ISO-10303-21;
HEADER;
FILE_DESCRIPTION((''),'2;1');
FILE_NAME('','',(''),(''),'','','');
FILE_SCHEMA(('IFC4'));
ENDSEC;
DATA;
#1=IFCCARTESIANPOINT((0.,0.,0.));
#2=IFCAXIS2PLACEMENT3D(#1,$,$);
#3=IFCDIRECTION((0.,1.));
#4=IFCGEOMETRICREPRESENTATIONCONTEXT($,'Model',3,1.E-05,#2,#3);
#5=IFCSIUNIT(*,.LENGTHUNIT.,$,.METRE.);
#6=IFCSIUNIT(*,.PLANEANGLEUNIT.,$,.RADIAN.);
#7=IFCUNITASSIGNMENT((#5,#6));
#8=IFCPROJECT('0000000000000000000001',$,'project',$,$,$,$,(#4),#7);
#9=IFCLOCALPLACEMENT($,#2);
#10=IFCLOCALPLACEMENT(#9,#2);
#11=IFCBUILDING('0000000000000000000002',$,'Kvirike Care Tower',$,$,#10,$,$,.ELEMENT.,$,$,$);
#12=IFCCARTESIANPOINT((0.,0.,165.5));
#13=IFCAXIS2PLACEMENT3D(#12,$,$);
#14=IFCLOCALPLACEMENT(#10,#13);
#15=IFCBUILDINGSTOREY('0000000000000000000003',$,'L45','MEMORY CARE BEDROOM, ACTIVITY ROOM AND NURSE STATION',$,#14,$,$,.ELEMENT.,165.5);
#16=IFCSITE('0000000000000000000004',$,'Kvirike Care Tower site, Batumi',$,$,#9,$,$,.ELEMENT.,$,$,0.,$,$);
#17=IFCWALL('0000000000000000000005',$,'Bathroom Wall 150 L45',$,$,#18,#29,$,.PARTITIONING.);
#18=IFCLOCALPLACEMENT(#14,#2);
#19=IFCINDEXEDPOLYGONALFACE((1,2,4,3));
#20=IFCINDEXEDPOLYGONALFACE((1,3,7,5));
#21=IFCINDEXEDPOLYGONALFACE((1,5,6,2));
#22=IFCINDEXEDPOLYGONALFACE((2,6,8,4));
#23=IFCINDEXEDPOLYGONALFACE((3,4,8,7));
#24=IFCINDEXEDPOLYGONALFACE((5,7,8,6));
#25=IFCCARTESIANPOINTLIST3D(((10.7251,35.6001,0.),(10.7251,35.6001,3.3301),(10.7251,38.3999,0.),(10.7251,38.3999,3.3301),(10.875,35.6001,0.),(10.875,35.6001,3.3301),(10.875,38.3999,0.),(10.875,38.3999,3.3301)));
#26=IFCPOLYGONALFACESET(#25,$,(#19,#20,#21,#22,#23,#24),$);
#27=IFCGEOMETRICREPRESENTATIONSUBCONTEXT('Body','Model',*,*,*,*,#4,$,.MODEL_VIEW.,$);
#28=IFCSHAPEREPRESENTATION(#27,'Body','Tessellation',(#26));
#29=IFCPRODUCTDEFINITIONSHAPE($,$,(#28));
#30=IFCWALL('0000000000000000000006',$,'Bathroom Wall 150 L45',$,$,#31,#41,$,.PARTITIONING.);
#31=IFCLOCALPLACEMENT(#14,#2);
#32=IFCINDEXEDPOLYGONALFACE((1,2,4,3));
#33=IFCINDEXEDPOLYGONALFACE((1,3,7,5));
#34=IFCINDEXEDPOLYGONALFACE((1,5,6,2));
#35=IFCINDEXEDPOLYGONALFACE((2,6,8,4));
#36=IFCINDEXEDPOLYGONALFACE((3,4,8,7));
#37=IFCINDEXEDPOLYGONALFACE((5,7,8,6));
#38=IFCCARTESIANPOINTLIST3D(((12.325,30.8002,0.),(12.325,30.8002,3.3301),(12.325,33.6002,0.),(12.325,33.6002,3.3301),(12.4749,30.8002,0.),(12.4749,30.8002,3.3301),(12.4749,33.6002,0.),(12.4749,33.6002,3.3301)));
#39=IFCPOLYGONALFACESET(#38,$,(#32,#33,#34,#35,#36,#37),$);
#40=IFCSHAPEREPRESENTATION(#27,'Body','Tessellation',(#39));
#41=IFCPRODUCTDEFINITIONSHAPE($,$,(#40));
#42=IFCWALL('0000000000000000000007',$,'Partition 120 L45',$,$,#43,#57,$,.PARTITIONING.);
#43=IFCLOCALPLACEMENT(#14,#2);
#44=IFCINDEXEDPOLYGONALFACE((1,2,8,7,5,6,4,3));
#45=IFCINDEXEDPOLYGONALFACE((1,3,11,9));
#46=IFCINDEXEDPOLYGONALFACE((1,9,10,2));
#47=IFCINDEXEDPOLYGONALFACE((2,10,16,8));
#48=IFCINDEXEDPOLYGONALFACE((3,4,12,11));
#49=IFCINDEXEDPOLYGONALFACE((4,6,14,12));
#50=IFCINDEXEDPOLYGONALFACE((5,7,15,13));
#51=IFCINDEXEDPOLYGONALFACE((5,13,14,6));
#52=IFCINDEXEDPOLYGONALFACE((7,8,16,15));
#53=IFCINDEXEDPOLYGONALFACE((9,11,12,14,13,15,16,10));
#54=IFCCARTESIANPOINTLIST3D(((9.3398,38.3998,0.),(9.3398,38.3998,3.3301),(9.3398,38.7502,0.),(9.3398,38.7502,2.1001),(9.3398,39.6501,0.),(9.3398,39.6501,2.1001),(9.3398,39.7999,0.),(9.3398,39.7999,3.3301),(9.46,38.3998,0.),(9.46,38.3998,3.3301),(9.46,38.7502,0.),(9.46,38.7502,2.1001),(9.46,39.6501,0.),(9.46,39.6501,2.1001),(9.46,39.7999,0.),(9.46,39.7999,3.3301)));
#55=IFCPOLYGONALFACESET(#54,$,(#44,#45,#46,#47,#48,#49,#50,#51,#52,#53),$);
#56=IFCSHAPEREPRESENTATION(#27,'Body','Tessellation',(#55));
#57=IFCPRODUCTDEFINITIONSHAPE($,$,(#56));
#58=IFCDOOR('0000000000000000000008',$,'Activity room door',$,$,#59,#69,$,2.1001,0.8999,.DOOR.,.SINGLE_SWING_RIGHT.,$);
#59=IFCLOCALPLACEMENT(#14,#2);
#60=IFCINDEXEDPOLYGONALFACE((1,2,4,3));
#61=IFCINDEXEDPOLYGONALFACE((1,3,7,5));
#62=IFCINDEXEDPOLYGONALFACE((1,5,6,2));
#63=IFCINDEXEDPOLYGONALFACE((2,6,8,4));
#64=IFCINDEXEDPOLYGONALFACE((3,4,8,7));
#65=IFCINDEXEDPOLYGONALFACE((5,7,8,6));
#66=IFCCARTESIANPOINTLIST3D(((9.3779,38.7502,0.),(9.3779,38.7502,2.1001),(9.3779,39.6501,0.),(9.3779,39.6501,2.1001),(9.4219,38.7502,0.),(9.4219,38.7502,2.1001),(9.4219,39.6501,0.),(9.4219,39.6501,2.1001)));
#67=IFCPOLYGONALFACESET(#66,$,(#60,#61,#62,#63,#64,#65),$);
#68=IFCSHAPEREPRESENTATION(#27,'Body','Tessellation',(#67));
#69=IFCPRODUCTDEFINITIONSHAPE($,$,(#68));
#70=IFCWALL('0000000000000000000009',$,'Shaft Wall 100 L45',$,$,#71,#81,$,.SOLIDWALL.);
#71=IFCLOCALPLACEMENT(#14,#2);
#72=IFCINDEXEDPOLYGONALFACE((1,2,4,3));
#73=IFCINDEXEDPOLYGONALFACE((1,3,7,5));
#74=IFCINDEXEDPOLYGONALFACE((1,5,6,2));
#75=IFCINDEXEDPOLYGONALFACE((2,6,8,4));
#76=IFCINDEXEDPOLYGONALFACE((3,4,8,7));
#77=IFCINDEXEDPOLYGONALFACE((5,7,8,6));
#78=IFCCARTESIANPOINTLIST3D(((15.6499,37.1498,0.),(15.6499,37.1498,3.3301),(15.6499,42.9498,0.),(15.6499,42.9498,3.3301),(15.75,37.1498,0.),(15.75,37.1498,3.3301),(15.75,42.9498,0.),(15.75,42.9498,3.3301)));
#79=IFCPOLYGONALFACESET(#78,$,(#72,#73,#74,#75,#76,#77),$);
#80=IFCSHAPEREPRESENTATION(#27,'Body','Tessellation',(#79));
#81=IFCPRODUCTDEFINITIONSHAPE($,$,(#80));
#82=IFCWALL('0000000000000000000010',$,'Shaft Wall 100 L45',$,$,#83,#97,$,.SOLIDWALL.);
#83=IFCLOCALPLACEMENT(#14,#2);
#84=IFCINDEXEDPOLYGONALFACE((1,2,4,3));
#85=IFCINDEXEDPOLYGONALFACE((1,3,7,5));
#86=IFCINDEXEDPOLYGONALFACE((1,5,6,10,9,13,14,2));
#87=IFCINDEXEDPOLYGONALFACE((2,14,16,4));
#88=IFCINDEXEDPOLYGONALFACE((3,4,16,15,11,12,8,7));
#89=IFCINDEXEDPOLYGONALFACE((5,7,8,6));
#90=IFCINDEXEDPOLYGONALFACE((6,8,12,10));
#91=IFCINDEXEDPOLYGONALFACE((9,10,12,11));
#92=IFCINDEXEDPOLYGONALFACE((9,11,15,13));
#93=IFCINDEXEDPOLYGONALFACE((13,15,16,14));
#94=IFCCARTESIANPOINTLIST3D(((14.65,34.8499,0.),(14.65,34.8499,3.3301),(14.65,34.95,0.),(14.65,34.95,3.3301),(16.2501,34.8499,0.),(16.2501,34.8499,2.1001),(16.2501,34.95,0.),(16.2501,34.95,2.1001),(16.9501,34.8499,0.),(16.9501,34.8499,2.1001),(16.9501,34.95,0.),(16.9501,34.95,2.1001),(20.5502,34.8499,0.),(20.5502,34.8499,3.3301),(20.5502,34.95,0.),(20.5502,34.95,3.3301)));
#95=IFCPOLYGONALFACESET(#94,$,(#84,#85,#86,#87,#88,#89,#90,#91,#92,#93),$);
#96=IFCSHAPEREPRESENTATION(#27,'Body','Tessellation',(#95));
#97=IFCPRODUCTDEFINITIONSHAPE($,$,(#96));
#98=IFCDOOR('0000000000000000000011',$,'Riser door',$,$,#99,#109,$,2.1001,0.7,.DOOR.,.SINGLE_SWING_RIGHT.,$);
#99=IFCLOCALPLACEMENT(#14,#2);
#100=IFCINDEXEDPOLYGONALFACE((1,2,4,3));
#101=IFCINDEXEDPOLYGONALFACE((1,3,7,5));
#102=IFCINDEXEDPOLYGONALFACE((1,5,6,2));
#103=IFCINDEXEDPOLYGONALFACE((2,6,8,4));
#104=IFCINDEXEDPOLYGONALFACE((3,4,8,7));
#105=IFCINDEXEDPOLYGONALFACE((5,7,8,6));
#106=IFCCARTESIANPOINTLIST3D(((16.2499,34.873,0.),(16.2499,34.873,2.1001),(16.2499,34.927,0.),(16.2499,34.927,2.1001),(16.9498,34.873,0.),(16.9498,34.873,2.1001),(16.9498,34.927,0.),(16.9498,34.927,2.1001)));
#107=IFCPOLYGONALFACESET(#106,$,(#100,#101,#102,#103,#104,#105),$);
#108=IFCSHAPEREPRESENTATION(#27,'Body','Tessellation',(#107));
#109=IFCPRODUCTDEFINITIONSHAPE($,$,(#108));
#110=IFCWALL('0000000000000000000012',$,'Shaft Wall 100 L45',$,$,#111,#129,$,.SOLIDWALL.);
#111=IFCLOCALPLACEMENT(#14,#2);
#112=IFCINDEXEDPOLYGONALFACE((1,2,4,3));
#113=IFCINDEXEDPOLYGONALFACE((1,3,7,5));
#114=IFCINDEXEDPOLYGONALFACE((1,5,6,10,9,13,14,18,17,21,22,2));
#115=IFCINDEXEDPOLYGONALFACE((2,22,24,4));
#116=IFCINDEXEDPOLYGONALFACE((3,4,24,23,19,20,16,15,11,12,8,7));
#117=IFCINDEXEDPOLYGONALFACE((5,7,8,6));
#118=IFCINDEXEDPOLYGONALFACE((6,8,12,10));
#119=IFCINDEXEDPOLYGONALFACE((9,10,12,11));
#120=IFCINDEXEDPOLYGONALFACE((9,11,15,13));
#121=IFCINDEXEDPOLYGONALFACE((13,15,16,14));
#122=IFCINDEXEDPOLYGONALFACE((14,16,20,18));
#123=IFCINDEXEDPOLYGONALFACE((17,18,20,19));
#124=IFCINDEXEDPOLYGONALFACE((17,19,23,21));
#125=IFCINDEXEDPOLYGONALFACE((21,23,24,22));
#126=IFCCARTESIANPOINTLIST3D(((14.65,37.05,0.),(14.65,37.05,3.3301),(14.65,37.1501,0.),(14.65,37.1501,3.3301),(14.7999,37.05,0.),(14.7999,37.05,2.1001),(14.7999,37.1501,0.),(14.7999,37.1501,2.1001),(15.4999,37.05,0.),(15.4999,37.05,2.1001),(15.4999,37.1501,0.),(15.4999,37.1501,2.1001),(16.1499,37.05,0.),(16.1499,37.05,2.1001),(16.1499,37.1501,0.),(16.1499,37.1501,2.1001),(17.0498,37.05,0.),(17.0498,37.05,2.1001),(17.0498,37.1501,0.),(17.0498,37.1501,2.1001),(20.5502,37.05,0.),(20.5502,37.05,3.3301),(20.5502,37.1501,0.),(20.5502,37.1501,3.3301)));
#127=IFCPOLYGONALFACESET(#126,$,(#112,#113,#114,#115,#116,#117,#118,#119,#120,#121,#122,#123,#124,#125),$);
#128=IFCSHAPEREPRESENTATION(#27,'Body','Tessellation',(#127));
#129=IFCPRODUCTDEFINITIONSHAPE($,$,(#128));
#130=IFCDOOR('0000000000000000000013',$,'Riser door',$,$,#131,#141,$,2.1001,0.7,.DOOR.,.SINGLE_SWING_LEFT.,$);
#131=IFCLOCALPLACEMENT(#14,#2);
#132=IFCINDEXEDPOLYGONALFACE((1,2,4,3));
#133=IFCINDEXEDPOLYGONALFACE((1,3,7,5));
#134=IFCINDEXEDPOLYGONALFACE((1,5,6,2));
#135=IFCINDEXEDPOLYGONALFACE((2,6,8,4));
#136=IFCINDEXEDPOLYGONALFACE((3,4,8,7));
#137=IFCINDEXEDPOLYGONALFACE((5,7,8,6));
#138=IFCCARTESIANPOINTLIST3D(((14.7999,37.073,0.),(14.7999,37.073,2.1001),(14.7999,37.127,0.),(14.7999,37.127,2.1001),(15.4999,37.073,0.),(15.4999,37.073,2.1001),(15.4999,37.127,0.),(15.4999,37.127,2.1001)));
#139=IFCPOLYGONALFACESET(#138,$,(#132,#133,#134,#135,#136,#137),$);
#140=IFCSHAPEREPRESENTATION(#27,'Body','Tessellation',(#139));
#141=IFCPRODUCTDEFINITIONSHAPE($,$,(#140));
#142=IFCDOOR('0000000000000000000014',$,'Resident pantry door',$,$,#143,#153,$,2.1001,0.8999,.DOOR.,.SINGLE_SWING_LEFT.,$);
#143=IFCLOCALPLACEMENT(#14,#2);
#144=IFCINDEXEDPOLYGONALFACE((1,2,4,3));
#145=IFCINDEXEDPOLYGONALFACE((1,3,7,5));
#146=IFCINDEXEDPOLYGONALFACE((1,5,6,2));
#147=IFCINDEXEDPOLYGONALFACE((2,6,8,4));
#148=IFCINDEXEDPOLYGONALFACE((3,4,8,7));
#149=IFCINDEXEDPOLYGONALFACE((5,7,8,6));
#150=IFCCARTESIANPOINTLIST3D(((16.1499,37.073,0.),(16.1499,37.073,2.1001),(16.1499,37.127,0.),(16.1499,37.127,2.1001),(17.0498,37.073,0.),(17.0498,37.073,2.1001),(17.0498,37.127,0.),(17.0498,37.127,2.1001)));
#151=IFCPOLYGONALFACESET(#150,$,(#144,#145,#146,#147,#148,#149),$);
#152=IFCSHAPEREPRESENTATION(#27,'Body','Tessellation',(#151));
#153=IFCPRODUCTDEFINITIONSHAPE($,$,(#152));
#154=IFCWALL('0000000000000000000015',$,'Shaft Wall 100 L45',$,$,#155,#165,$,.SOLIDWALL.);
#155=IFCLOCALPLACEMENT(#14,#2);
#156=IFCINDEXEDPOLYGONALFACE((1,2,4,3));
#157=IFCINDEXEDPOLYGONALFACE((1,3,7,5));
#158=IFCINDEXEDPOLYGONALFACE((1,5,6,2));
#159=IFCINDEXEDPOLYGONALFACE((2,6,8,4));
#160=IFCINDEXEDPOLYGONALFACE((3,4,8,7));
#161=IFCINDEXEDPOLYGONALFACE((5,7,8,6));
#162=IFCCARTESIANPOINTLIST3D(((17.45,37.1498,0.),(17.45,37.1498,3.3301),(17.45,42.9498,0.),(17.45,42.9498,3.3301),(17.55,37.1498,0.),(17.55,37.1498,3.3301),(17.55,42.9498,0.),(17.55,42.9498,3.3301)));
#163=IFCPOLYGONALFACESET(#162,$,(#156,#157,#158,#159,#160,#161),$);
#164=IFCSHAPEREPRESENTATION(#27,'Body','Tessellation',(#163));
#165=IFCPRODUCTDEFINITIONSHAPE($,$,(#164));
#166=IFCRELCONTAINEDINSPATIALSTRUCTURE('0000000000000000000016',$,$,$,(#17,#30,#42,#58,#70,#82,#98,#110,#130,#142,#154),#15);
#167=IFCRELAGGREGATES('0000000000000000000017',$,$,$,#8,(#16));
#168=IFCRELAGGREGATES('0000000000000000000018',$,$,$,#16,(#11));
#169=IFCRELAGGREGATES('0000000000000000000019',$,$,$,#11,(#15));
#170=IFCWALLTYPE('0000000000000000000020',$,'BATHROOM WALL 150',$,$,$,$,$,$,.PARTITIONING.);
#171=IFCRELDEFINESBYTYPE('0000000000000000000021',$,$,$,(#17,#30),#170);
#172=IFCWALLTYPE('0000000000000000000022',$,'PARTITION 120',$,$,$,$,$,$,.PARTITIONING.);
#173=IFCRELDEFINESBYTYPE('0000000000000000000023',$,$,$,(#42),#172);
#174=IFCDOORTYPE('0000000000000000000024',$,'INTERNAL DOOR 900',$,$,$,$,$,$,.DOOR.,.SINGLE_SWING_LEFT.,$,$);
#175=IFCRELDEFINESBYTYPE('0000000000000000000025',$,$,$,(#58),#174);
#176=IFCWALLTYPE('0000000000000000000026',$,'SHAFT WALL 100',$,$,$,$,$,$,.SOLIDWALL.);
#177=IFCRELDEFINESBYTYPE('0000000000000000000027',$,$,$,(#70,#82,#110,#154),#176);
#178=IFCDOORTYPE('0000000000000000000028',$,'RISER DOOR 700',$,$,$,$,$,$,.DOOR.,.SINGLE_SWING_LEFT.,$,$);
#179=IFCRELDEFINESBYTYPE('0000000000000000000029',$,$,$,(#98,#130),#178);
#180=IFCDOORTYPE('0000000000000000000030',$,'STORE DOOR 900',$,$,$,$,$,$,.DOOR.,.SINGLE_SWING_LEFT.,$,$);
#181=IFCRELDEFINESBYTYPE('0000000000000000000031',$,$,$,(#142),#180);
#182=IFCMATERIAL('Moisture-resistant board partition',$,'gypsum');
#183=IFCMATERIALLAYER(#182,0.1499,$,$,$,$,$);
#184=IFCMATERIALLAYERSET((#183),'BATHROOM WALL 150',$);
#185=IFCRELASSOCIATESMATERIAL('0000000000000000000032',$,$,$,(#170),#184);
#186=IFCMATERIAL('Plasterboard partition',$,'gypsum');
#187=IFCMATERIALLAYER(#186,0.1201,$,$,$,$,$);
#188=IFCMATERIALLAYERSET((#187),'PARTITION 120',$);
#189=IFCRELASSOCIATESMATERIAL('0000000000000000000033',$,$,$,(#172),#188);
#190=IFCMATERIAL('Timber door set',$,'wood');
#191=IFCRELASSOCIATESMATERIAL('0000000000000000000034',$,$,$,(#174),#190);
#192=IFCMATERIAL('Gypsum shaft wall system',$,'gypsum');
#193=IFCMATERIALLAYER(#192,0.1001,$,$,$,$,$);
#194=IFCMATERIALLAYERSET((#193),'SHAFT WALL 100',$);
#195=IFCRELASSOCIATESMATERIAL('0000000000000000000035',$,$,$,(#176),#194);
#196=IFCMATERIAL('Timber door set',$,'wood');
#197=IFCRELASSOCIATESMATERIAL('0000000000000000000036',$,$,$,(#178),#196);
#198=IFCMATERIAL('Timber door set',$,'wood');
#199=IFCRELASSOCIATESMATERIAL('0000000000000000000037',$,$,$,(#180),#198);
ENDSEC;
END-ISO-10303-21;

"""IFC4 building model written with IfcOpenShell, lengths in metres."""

from ifc_helpers import new_model, si_unit, direction, frame, frame_2d, origin, place, context, subcontext, project, spatial, rectangle, extrude, material, layer, layer_set, type_object, element, fill, save


model = new_model("IFC4")

# Units and contexts
model_context = context("Model", 3, precision=1e-05, world=origin(), true_north=direction((0.0, 1.0)))
body_context = subcontext(model_context, "Body", "Model", "MODEL_VIEW")
ifc_project = project(units=[si_unit("LENGTHUNIT", "METRE"), si_unit("PLANEANGLEUNIT", "RADIAN")], contexts=[model_context])

# Site, building, storey
site_placement = place(None, origin())
site = spatial("IfcSite", under=ifc_project, at=site_placement, Name="Kvirike Care Tower site, Batumi", CompositionType="ELEMENT", RefElevation=0.0)
building_placement = place(site_placement, origin())
building = spatial("IfcBuilding", under=site, at=building_placement, Name="Kvirike Care Tower", CompositionType="ELEMENT")
storey_placement = place(building_placement, frame((0.0, 0.0, 165.5)))
storey = spatial("IfcBuildingStorey", under=building, at=storey_placement, Name="L45", Description="MEMORY CARE BEDROOM, ACTIVITY ROOM AND NURSE STATION", CompositionType="ELEMENT", Elevation=165.5)

# Walls
ifc_material_1 = material(Name="Moisture-resistant board partition", Category="gypsum")
ifc_layer_1 = layer(ifc_material_1, 0.1499)
ifc_layer_set_1 = layer_set([ifc_layer_1], Name="BATHROOM WALL 150")
wall_type_1 = type_object("IfcWallType", Name="BATHROOM WALL 150", PredefinedType="PARTITIONING", material=ifc_layer_set_1)
wall_1_placement = place(storey_placement, frame((10.8, 38.3999, 0.0), z_axis=(0.0, 0.0, 1.0), x_axis=(0.0, -1.0, 0.0)))
element("IfcWall", 1, at=wall_1_placement, inside=storey, type_object=wall_type_1, Name="Bathroom Wall 150 L45", PredefinedType="PARTITIONING", context=body_context, shape_type="SweptSolid", body=[
    extrude(rectangle(XDim=2.7998, YDim=0.1499, at=frame_2d((1.3999, 0.0))), origin(), (0.0, 0.0, 1.0), 3.3301),
])
wall_2_placement = place(storey_placement, frame((12.3999, 33.6001, 0.0), z_axis=(0.0, 0.0, 1.0), x_axis=(0.0, -1.0, 0.0)))
element("IfcWall", 2, at=wall_2_placement, inside=storey, type_object=wall_type_1, Name="Bathroom Wall 150 L45", PredefinedType="PARTITIONING", context=body_context, shape_type="SweptSolid", body=[
    extrude(rectangle(XDim=2.8, YDim=0.1499, at=frame_2d((1.3999, 0.0))), origin(), (0.0, 0.0, 1.0), 3.3301),
])

# Wall, opening, door
ifc_material_2 = material(Name="Plasterboard partition", Category="gypsum")
ifc_layer_2 = layer(ifc_material_2, 0.1201)
ifc_layer_set_2 = layer_set([ifc_layer_2], Name="PARTITION 120")
wall_type_2 = type_object("IfcWallType", Name="PARTITION 120", PredefinedType="PARTITIONING", material=ifc_layer_set_2)
wall_3_placement = place(storey_placement, frame((9.3999, 39.8, 0.0), z_axis=(0.0, 0.0, 1.0), x_axis=(0.0, -1.0, 0.0)))
wall_3 = element("IfcWall", 3, at=wall_3_placement, inside=storey, type_object=wall_type_2, Name="Partition 120 L45", PredefinedType="PARTITIONING", context=body_context, shape_type="SweptSolid", body=[
    extrude(rectangle(XDim=1.4001, YDim=0.1201, at=frame_2d((0.7002, 0.0))), origin(), (0.0, 0.0, 1.0), 3.3301),
])
opening_1_placement = place(wall_3_placement, frame((0.1499, 0.0, 0.0)))
opening_1 = element("IfcOpeningElement", 4, at=opening_1_placement, cuts=wall_3, PredefinedType="OPENING", context=body_context, shape_type="SweptSolid", body=[
    extrude(rectangle(XDim=0.8999, YDim=2.1001, at=frame_2d((0.45, 1.05))), frame((0.0, 0.0706, 0.0), z_axis=(0.0, -1.0, 0.0), x_axis=(1.0, 0.0, 0.0)), (0.0, 0.0, 1.0), 0.1411),
])
ifc_material_3 = material(Name="Timber door set", Category="wood")
door_type_1 = type_object("IfcDoorType", Name="INTERNAL DOOR 900", OperationType="SINGLE_SWING_LEFT", PredefinedType="DOOR", material=ifc_material_3)
door_1_placement = place(opening_1_placement, origin())
door_1 = element("IfcDoor", 5, at=door_1_placement, inside=storey, type_object=door_type_1, Name="Activity room door", OperationType="SINGLE_SWING_RIGHT", OverallHeight=2.1001, OverallWidth=0.8999, PredefinedType="DOOR", context=body_context, shape_type="SweptSolid", body=[
    extrude(rectangle(XDim=0.8999, YDim=2.1001, at=frame_2d((0.45, 1.05))), frame((0.0, 0.022, 0.0), z_axis=(0.0, -1.0, 0.0), x_axis=(1.0, 0.0, 0.0)), (0.0, 0.0, 1.0), 0.0439),
])
fill(opening_1, door_1)

# Wall
ifc_material_4 = material(Name="Gypsum shaft wall system", Category="gypsum")
ifc_layer_3 = layer(ifc_material_4, 0.1001)
ifc_layer_set_3 = layer_set([ifc_layer_3], Name="SHAFT WALL 100")
wall_type_3 = type_object("IfcWallType", Name="SHAFT WALL 100", PredefinedType="SOLIDWALL", material=ifc_layer_set_3)
wall_4_placement = place(storey_placement, frame((15.7, 37.1499, 0.0), z_axis=(0.0, 0.0, 1.0), x_axis=(0.0, 1.0, 0.0)))
element("IfcWall", 6, at=wall_4_placement, inside=storey, type_object=wall_type_3, Name="Shaft Wall 100 L45", PredefinedType="SOLIDWALL", context=body_context, shape_type="SweptSolid", body=[
    extrude(rectangle(XDim=5.8, YDim=0.1001, at=frame_2d((2.8999, 0.0))), origin(), (0.0, 0.0, 1.0), 3.3301),
])

# Wall, opening, door
wall_5_placement = place(storey_placement, frame((14.6499, 34.8999, 0.0), z_axis=(0.0, 0.0, 1.0), x_axis=(1.0, 0.0, 0.0)))
wall_5 = element("IfcWall", 7, at=wall_5_placement, inside=storey, type_object=wall_type_3, Name="Shaft Wall 100 L45", PredefinedType="SOLIDWALL", context=body_context, shape_type="SweptSolid", body=[
    extrude(rectangle(XDim=5.9001, YDim=0.1001, at=frame_2d((2.9502, 0.0))), origin(), (0.0, 0.0, 1.0), 3.3301),
])
opening_2_placement = place(wall_5_placement, frame((1.6001, 0.0, 0.0)))
opening_2 = element("IfcOpeningElement", 8, at=opening_2_placement, cuts=wall_5, PredefinedType="OPENING", context=body_context, shape_type="SweptSolid", body=[
    extrude(rectangle(XDim=0.7, YDim=2.1001, at=frame_2d((0.3501, 1.05))), frame((0.0, 0.0605, 0.0), z_axis=(0.0, -1.0, 0.0), x_axis=(1.0, 0.0, 0.0)), (0.0, 0.0, 1.0), 0.1211),
])
ifc_material_5 = material(Name="Timber door set", Category="wood")
door_type_2 = type_object("IfcDoorType", Name="RISER DOOR 700", OperationType="SINGLE_SWING_LEFT", PredefinedType="DOOR", material=ifc_material_5)
door_2_placement = place(opening_2_placement, frame((0.7, 0.0, 0.0), z_axis=(0.0, 0.0, 1.0), x_axis=(-1.0, 0.0, 0.0)))
door_2 = element("IfcDoor", 9, at=door_2_placement, inside=storey, type_object=door_type_2, Name="Riser door", OperationType="SINGLE_SWING_RIGHT", OverallHeight=2.1001, OverallWidth=0.7, PredefinedType="DOOR", context=body_context, shape_type="SweptSolid", body=[
    extrude(rectangle(XDim=0.7, YDim=2.1001, at=frame_2d((0.3501, 1.05))), frame((0.0, 0.0269, 0.0), z_axis=(0.0, -1.0, 0.0), x_axis=(1.0, 0.0, 0.0)), (0.0, 0.0, 1.0), 0.054),
])
fill(opening_2, door_2)

# Wall, openings, doors
wall_6_placement = place(storey_placement, frame((14.6499, 37.1001, 0.0), z_axis=(0.0, 0.0, 1.0), x_axis=(1.0, 0.0, 0.0)))
wall_6 = element("IfcWall", 10, at=wall_6_placement, inside=storey, type_object=wall_type_3, Name="Shaft Wall 100 L45", PredefinedType="SOLIDWALL", context=body_context, shape_type="SweptSolid", body=[
    extrude(rectangle(XDim=5.9001, YDim=0.1001, at=frame_2d((2.9502, 0.0))), origin(), (0.0, 0.0, 1.0), 3.3301),
])
opening_3_placement = place(wall_6_placement, frame((0.1499, 0.0, 0.0)))
opening_3 = element("IfcOpeningElement", 11, at=opening_3_placement, cuts=wall_6, PredefinedType="OPENING", context=body_context, shape_type="SweptSolid", body=[
    extrude(rectangle(XDim=0.7, YDim=2.1001, at=frame_2d((0.3501, 1.05))), frame((0.0, 0.0605, 0.0), z_axis=(0.0, -1.0, 0.0), x_axis=(1.0, 0.0, 0.0)), (0.0, 0.0, 1.0), 0.1211),
])
opening_4_placement = place(wall_6_placement, frame((1.5, 0.0, 0.0)))
opening_4 = element("IfcOpeningElement", 12, at=opening_4_placement, cuts=wall_6, PredefinedType="OPENING", context=body_context, shape_type="SweptSolid", body=[
    extrude(rectangle(XDim=0.8999, YDim=2.1001, at=frame_2d((0.45, 1.05))), frame((0.0, 0.0605, 0.0), z_axis=(0.0, -1.0, 0.0), x_axis=(1.0, 0.0, 0.0)), (0.0, 0.0, 1.0), 0.1211),
])
door_3_placement = place(opening_3_placement, origin())
door_3 = element("IfcDoor", 13, at=door_3_placement, inside=storey, type_object=door_type_2, Name="Riser door", OperationType="SINGLE_SWING_LEFT", OverallHeight=2.1001, OverallWidth=0.7, PredefinedType="DOOR", context=body_context, shape_type="SweptSolid", body=[
    extrude(rectangle(XDim=0.7, YDim=2.1001, at=frame_2d((0.3501, 1.05))), frame((0.0, 0.0269, 0.0), z_axis=(0.0, -1.0, 0.0), x_axis=(1.0, 0.0, 0.0)), (0.0, 0.0, 1.0), 0.054),
])
fill(opening_3, door_3)
ifc_material_6 = material(Name="Timber door set", Category="wood")
door_type_3 = type_object("IfcDoorType", Name="STORE DOOR 900", OperationType="SINGLE_SWING_LEFT", PredefinedType="DOOR", material=ifc_material_6)
door_4_placement = place(opening_4_placement, origin())
door_4 = element("IfcDoor", 14, at=door_4_placement, inside=storey, type_object=door_type_3, Name="Resident pantry door", OperationType="SINGLE_SWING_LEFT", OverallHeight=2.1001, OverallWidth=0.8999, PredefinedType="DOOR", context=body_context, shape_type="SweptSolid", body=[
    extrude(rectangle(XDim=0.8999, YDim=2.1001, at=frame_2d((0.45, 1.05))), frame((0.0, 0.0269, 0.0), z_axis=(0.0, -1.0, 0.0), x_axis=(1.0, 0.0, 0.0)), (0.0, 0.0, 1.0), 0.054),
])
fill(opening_4, door_4)

# Wall
wall_7_placement = place(storey_placement, frame((17.5, 37.1499, 0.0), z_axis=(0.0, 0.0, 1.0), x_axis=(0.0, 1.0, 0.0)))
element("IfcWall", 15, at=wall_7_placement, inside=storey, type_object=wall_type_3, Name="Shaft Wall 100 L45", PredefinedType="SOLIDWALL", context=body_context, shape_type="SweptSolid", body=[
    extrude(rectangle(XDim=5.8, YDim=0.1001, at=frame_2d((2.8999, 0.0))), origin(), (0.0, 0.0, 1.0), 3.3301),
])

save(model, "model.ifc")
